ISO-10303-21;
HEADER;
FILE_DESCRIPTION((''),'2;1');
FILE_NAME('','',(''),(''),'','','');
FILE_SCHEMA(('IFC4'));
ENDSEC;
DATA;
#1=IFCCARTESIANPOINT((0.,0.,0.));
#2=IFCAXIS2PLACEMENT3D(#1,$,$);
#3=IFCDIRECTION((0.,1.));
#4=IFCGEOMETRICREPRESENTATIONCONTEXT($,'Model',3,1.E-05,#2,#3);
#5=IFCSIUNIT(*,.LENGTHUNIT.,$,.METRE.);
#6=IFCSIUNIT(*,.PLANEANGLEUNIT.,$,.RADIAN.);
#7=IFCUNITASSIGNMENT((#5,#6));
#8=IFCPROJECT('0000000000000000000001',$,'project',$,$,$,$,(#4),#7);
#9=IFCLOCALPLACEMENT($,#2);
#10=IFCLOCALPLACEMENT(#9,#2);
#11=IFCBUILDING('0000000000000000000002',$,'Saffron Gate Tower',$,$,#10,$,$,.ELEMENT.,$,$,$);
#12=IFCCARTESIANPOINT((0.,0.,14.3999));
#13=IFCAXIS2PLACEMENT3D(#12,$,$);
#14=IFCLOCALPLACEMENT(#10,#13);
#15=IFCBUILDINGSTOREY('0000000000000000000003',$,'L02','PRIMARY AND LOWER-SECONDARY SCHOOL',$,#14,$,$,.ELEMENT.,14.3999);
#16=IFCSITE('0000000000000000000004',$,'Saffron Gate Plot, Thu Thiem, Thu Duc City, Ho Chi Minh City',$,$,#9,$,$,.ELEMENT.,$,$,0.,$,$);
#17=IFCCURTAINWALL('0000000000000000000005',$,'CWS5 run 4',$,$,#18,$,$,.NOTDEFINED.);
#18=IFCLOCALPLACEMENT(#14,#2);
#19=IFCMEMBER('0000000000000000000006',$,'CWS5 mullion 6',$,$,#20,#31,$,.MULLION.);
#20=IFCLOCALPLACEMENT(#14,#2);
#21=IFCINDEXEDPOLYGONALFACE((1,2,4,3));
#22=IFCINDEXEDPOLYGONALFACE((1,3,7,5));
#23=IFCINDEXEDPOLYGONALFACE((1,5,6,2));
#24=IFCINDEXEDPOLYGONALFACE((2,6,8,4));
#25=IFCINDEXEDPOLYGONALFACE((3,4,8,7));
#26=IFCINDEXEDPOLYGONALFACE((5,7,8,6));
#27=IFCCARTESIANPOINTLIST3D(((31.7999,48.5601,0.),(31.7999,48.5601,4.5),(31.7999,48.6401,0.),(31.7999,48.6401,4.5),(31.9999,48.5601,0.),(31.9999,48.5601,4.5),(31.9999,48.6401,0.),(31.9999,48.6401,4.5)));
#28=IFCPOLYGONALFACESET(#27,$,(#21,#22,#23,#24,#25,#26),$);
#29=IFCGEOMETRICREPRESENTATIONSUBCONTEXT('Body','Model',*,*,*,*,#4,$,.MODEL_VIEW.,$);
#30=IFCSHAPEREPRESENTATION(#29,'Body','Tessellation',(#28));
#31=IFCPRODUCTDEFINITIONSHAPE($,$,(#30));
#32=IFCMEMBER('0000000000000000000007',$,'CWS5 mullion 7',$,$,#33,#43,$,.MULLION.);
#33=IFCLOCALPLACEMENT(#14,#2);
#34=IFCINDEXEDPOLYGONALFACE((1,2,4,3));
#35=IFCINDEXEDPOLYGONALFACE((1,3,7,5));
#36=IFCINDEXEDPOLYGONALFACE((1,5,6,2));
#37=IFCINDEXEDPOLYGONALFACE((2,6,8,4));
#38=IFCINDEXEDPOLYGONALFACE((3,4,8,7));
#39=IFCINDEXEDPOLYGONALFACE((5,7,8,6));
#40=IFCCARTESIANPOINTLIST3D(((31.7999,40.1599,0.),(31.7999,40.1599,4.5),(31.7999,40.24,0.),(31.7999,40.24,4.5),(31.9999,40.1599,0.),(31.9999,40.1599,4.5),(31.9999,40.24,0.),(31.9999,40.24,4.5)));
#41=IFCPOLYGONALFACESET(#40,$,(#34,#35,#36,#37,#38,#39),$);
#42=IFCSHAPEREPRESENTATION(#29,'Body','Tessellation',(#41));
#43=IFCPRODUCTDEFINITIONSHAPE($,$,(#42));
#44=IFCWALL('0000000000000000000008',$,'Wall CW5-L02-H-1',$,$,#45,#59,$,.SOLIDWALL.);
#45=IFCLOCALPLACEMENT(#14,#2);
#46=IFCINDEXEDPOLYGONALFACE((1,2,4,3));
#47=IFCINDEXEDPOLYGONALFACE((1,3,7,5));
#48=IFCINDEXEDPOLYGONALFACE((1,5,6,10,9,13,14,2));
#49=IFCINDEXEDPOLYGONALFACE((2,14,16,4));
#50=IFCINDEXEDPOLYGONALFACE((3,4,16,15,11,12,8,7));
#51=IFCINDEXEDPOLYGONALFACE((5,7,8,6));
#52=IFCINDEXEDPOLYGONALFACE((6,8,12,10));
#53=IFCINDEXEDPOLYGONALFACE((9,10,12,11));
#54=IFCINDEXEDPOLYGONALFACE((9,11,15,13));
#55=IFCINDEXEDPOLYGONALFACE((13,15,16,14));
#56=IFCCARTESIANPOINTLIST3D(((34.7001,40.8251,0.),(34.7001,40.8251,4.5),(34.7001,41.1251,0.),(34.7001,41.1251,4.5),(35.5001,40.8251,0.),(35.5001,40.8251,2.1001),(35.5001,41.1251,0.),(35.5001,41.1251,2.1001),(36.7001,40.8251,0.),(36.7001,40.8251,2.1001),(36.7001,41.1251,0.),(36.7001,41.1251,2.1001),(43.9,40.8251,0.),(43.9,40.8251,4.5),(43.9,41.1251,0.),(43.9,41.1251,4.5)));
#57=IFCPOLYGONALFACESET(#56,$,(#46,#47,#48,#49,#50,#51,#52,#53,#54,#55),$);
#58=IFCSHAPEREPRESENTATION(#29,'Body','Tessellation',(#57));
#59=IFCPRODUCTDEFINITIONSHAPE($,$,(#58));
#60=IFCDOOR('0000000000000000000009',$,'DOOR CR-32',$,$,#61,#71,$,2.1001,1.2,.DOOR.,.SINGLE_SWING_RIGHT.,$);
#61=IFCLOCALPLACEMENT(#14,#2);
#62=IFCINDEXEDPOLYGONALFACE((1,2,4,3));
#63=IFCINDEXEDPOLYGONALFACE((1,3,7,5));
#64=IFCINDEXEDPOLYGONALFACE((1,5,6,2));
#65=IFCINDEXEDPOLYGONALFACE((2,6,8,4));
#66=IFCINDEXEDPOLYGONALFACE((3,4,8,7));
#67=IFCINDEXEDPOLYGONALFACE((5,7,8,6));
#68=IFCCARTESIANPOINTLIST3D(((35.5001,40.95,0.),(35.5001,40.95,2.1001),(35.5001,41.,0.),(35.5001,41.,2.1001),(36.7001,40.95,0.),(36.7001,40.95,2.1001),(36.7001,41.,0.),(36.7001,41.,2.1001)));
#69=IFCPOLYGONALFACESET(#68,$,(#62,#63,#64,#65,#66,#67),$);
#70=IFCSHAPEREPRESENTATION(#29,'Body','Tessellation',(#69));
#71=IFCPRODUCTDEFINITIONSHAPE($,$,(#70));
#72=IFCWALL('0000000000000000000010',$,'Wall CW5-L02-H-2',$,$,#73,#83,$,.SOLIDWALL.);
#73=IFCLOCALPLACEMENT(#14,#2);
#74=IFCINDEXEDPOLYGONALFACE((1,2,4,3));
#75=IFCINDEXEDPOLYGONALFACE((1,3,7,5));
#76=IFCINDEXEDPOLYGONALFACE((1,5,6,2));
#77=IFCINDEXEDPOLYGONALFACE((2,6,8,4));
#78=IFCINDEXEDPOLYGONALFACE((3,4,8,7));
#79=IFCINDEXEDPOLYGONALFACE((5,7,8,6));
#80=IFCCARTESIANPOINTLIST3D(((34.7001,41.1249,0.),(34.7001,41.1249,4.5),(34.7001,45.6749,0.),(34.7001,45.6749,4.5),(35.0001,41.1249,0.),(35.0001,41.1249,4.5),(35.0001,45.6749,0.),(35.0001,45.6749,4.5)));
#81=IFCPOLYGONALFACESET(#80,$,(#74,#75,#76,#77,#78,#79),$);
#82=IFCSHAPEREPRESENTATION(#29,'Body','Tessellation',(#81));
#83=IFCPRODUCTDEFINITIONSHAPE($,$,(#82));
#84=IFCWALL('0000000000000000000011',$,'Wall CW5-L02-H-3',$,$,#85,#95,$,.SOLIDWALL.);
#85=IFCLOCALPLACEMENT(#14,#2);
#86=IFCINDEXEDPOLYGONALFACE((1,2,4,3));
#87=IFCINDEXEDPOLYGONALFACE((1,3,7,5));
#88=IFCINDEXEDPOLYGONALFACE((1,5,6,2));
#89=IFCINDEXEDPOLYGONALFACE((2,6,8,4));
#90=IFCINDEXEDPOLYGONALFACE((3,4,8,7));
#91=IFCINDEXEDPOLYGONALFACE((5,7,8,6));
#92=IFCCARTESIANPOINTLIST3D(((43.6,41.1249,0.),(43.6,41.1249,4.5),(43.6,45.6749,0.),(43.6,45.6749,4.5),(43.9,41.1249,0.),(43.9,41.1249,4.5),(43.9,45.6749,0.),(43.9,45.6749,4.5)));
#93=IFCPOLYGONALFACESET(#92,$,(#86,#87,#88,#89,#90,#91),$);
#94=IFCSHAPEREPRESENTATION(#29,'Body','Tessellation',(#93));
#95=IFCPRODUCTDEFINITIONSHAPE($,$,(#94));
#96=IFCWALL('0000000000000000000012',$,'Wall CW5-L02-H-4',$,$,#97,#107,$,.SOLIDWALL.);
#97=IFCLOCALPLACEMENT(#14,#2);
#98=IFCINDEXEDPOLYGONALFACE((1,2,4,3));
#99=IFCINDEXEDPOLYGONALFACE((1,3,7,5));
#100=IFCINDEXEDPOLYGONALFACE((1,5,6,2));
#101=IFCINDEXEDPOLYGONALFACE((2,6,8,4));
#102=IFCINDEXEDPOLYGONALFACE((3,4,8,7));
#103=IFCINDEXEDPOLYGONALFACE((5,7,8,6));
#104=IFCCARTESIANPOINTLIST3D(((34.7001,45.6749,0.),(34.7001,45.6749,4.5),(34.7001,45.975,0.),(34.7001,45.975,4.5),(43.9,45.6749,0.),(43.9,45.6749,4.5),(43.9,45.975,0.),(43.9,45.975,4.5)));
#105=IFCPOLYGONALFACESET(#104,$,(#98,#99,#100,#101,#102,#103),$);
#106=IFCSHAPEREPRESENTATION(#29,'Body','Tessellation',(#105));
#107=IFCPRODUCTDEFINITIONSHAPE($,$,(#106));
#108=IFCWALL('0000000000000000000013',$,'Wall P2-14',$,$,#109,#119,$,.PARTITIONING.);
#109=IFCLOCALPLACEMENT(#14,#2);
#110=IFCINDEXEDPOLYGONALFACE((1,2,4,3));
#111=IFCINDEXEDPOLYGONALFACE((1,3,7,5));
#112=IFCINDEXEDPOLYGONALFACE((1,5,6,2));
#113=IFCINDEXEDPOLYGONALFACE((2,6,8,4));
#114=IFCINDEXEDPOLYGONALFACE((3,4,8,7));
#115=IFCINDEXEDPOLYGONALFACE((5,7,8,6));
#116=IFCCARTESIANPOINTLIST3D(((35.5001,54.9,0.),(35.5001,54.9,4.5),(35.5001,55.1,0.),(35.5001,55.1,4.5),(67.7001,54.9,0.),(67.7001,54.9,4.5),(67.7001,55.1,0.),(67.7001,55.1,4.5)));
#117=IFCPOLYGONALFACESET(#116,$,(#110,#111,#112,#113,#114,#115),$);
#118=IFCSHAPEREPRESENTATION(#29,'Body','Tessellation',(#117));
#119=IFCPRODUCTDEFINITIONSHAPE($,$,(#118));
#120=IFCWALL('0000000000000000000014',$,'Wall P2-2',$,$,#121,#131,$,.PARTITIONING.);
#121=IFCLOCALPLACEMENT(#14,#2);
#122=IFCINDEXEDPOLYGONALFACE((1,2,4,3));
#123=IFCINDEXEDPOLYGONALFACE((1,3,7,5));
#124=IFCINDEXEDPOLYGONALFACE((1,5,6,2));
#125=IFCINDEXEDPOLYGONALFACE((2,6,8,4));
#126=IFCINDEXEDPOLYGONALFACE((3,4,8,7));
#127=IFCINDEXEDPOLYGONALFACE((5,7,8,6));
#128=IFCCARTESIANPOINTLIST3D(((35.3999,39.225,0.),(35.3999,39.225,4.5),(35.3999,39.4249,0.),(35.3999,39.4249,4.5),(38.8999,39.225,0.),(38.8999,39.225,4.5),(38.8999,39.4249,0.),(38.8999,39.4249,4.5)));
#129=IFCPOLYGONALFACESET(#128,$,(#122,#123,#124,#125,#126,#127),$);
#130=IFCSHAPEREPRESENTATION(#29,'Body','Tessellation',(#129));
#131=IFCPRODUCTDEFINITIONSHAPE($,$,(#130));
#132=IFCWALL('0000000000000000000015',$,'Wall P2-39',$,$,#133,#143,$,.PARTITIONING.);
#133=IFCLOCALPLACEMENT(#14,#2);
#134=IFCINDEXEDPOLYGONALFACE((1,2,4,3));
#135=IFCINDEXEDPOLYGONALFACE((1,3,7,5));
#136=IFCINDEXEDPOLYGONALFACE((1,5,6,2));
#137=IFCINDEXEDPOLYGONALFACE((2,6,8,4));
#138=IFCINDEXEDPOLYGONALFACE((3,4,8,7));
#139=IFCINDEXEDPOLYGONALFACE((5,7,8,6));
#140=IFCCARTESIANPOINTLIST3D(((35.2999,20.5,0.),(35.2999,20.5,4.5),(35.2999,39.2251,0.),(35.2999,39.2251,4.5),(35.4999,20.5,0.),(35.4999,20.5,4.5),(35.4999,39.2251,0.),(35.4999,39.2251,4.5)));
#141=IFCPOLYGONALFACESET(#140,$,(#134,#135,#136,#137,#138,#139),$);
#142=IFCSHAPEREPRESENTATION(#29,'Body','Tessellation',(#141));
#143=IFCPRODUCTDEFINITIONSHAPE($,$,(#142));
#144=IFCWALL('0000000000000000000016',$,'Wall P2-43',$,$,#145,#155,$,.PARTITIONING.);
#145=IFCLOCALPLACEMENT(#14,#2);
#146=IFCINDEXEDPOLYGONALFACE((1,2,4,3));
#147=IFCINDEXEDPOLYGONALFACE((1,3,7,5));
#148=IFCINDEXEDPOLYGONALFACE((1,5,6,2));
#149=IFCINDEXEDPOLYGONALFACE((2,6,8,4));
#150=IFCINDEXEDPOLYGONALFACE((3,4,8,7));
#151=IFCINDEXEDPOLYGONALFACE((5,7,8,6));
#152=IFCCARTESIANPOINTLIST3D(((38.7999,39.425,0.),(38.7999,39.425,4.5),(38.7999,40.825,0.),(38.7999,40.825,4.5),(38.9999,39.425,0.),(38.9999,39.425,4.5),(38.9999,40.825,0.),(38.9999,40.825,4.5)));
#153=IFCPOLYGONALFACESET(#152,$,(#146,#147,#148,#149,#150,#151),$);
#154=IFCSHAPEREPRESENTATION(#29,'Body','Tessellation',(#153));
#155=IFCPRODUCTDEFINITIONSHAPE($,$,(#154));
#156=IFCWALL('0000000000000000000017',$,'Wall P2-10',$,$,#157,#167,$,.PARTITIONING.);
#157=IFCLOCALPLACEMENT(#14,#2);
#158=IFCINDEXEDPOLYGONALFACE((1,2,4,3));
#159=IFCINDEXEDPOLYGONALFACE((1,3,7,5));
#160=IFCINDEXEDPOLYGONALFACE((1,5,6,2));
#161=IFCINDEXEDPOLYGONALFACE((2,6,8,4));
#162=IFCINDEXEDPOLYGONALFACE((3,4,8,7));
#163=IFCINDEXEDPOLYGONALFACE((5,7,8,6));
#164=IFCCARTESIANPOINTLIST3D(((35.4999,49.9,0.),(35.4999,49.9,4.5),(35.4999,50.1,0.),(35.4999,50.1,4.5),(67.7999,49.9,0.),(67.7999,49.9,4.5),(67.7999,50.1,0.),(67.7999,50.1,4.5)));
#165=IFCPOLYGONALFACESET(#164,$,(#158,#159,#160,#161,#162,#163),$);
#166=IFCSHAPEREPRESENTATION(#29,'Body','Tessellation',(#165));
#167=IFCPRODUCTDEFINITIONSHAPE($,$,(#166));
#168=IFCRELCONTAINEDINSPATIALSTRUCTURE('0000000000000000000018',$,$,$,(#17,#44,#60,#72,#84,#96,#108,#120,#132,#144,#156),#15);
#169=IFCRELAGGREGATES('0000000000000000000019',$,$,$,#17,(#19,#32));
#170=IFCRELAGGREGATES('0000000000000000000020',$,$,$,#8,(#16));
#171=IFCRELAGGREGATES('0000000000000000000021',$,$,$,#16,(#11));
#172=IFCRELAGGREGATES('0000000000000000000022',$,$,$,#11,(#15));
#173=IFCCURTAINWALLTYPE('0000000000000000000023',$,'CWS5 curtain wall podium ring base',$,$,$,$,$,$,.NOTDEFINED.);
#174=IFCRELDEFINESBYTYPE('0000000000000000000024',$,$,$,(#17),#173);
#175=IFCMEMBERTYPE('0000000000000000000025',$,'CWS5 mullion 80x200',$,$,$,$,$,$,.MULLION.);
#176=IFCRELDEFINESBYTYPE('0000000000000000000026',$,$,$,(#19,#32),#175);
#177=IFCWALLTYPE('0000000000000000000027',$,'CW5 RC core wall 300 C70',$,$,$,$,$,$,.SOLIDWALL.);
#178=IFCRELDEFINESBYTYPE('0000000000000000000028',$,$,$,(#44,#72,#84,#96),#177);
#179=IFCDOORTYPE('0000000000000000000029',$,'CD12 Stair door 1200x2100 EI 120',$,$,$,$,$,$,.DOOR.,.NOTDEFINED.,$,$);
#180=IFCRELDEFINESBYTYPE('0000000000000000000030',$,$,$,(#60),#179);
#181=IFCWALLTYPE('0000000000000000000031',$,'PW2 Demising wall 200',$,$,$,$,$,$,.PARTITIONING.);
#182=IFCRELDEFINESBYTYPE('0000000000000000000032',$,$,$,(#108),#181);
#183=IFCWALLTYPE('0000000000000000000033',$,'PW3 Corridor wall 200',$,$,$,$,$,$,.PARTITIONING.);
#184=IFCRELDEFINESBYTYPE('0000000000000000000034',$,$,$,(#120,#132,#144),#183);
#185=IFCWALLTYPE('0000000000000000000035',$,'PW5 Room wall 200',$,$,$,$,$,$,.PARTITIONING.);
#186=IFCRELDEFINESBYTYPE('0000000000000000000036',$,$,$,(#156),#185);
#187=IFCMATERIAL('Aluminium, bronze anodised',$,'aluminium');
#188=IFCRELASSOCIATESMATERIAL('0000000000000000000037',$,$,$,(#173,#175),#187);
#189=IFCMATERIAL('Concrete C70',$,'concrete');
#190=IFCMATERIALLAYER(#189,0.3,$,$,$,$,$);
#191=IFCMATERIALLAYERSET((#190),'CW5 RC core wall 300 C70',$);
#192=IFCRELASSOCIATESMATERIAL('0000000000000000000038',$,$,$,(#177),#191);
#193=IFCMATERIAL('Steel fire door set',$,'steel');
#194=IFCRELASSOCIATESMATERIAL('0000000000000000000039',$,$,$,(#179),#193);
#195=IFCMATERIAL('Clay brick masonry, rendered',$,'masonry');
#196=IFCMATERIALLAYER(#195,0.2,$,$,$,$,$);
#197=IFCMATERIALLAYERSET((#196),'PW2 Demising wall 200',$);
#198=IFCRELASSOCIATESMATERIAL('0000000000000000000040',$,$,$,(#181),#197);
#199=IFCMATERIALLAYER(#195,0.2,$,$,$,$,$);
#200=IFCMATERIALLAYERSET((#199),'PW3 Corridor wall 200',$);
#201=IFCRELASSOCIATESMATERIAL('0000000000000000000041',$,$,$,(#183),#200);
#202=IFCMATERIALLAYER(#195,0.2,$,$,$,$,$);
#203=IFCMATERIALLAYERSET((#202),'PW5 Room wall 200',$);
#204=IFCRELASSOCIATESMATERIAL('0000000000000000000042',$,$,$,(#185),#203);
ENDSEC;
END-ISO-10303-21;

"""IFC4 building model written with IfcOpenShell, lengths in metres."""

from ifc_helpers import new_model, si_unit, direction, frame, frame_2d, origin, origin_2d, place, context, subcontext, project, spatial, rectangle, extrude, material, layer, layer_set, material_profile, profile_set, type_object, element, fill, aggregate, save


model = new_model("IFC4")

# Units and contexts
model_context = context("Model", 3, precision=1e-05, world=origin(), true_north=direction((0.0, 1.0)))
body_context = subcontext(model_context, "Body", "Model", "MODEL_VIEW")
ifc_project = project(units=[si_unit("LENGTHUNIT", "METRE"), si_unit("PLANEANGLEUNIT", "RADIAN")], contexts=[model_context])

# Site, building, storey
site_placement = place(None, origin())
site = spatial("IfcSite", under=ifc_project, at=site_placement, Name="Saffron Gate Plot, Thu Thiem, Thu Duc City, Ho Chi Minh City", CompositionType="ELEMENT", RefElevation=0.0)
building_placement = place(site_placement, origin())
building = spatial("IfcBuilding", under=site, at=building_placement, Name="Saffron Gate Tower", CompositionType="ELEMENT")
storey_placement = place(building_placement, frame((0.0, 0.0, 14.3999)))
storey = spatial("IfcBuildingStorey", under=building, at=storey_placement, Name="L02", Description="PRIMARY AND LOWER-SECONDARY SCHOOL", CompositionType="ELEMENT", Elevation=14.3999)

# Curtain wall, members
ifc_material_1 = material(Name="Aluminium, bronze anodised", Category="aluminium")
curtain_wall_type = type_object("IfcCurtainWallType", Name="CWS5 curtain wall podium ring base", PredefinedType="NOTDEFINED", material=ifc_material_1)
curtain_wall_placement = place(storey_placement, origin())
curtain_wall = element("IfcCurtainWall", 1, at=curtain_wall_placement, inside=storey, type_object=curtain_wall_type, Name="CWS5 run 4", PredefinedType="NOTDEFINED")
ifc_material_profile_1 = material_profile(ifc_material_1, rectangle(XDim=0.2, YDim=0.0801, at=origin_2d()))
ifc_profile_set_1 = profile_set([ifc_material_profile_1], Name="Aluminium, bronze anodised")
member_type = type_object("IfcMemberType", Name="CWS5 mullion 80x200", PredefinedType="MULLION", material=ifc_profile_set_1)
member_1_placement = place(storey_placement, frame((31.8999, 48.6001, 0.0), z_axis=(0.0, 0.0, 1.0), x_axis=(1.0, 0.0, 0.0)))
member_1 = element("IfcMember", 2, at=member_1_placement, type_object=member_type, Name="CWS5 mullion 6", PredefinedType="MULLION", context=body_context, shape_type="SweptSolid", body=[
    extrude(rectangle(XDim=0.2, YDim=0.0801, at=origin_2d()), origin(), (0.0, 0.0, 1.0), 4.5),
])
member_2_placement = place(storey_placement, frame((31.8999, 40.2, 0.0), z_axis=(0.0, 0.0, 1.0), x_axis=(1.0, 0.0, 0.0)))
member_2 = element("IfcMember", 3, at=member_2_placement, type_object=member_type, Name="CWS5 mullion 7", PredefinedType="MULLION", context=body_context, shape_type="SweptSolid", body=[
    extrude(rectangle(XDim=0.2, YDim=0.0801, at=origin_2d()), origin(), (0.0, 0.0, 1.0), 4.5),
])
aggregate(curtain_wall, [member_1, member_2])

# Wall, opening, door
ifc_material_2 = material(Name="Concrete C70", Category="concrete")
ifc_layer_1 = layer(ifc_material_2, 0.3)
ifc_layer_set_1 = layer_set([ifc_layer_1], Name="CW5 RC core wall 300 C70")
wall_type_1 = type_object("IfcWallType", Name="CW5 RC core wall 300 C70", PredefinedType="SOLIDWALL", material=ifc_layer_set_1)
wall_1_placement = place(storey_placement, frame((34.7, 40.9751, 0.0), z_axis=(0.0, 0.0, 1.0), x_axis=(1.0, 0.0, 0.0)))
wall_1 = element("IfcWall", 4, at=wall_1_placement, inside=storey, type_object=wall_type_1, Name="Wall CW5-L02-H-1", PredefinedType="SOLIDWALL", context=body_context, shape_type="SweptSolid", body=[
    extrude(rectangle(XDim=9.2, YDim=0.3, at=frame_2d((4.6001, 0.0))), origin(), (0.0, 0.0, 1.0), 4.5),
])
opening_placement = place(wall_1_placement, frame((0.8, 0.0, 0.0)))
opening = element("IfcOpeningElement", 5, at=opening_placement, cuts=wall_1, PredefinedType="OPENING", context=body_context, shape_type="SweptSolid", body=[
    extrude(rectangle(XDim=1.2, YDim=2.1001, at=frame_2d((0.6001, 1.05))), frame((0.0, 0.1602, 0.0), z_axis=(0.0, -1.0, 0.0), x_axis=(1.0, 0.0, 0.0)), (0.0, 0.0, 1.0), 0.3201),
])
ifc_material_3 = material(Name="Steel fire door set", Category="steel")
door_type = type_object("IfcDoorType", Name="CD12 Stair door 1200x2100 EI 120", OperationType="NOTDEFINED", PredefinedType="DOOR", material=ifc_material_3)
door_placement = place(opening_placement, origin())
door = element("IfcDoor", 6, at=door_placement, inside=storey, type_object=door_type, Name="DOOR CR-32", OperationType="SINGLE_SWING_RIGHT", OverallHeight=2.1001, OverallWidth=1.2, PredefinedType="DOOR", context=body_context, shape_type="SweptSolid", body=[
    extrude(rectangle(XDim=1.2, YDim=2.1001, at=frame_2d((0.6001, 1.05))), frame((0.0, 0.0249, 0.0), z_axis=(0.0, -1.0, 0.0), x_axis=(1.0, 0.0, 0.0)), (0.0, 0.0, 1.0), 0.05),
])
fill(opening, door)

# Walls
for number, where, z_axis, x_axis, name in (
    (7, (34.8501, 41.125, 0.0), (0.0, 0.0, 1.0), (0.0, 1.0, 0.0), "Wall CW5-L02-H-2"),
    (8, (43.75, 41.125, 0.0), (0.0, 0.0, 1.0), (0.0, 1.0, 0.0), "Wall CW5-L02-H-3"),
):
    element("IfcWall", number, at=place(storey_placement, frame(where, z_axis=z_axis, x_axis=x_axis)), inside=storey, type_object=wall_type_1, Name=name, PredefinedType="SOLIDWALL", context=body_context, shape_type="SweptSolid", body=[
        extrude(rectangle(XDim=4.55, YDim=0.3, at=frame_2d((2.2749, 0.0))), origin(), (0.0, 0.0, 1.0), 4.5),
    ])
wall_2_placement = place(storey_placement, frame((34.7, 45.825, 0.0), z_axis=(0.0, 0.0, 1.0), x_axis=(1.0, 0.0, 0.0)))
element("IfcWall", 9, at=wall_2_placement, inside=storey, type_object=wall_type_1, Name="Wall CW5-L02-H-4", PredefinedType="SOLIDWALL", context=body_context, shape_type="SweptSolid", body=[
    extrude(rectangle(XDim=9.2, YDim=0.3, at=frame_2d((4.6001, 0.0))), origin(), (0.0, 0.0, 1.0), 4.5),
])
ifc_material_4 = material(Name="Clay brick masonry, rendered", Category="masonry")
ifc_layer_2 = layer(ifc_material_4, 0.2)
ifc_layer_set_2 = layer_set([ifc_layer_2], Name="PW2 Demising wall 200")
wall_type_2 = type_object("IfcWallType", Name="PW2 Demising wall 200", PredefinedType="PARTITIONING", material=ifc_layer_set_2)
wall_3_placement = place(storey_placement, frame((35.5, 55.0, 0.0), z_axis=(0.0, 0.0, 1.0), x_axis=(1.0, 0.0, 0.0)))
element("IfcWall", 10, at=wall_3_placement, inside=storey, type_object=wall_type_2, Name="Wall P2-14", PredefinedType="PARTITIONING", context=body_context, shape_type="SweptSolid", body=[
    extrude(rectangle(XDim=32.2, YDim=0.2, at=frame_2d((16.1001, 0.0))), origin(), (0.0, 0.0, 1.0), 4.5),
])
ifc_layer_3 = layer(ifc_material_4, 0.2)
ifc_layer_set_3 = layer_set([ifc_layer_3], Name="PW3 Corridor wall 200")
wall_type_3 = type_object("IfcWallType", Name="PW3 Corridor wall 200", PredefinedType="PARTITIONING", material=ifc_layer_set_3)
wall_4_placement = place(storey_placement, frame((35.3999, 39.325, 0.0), z_axis=(0.0, 0.0, 1.0), x_axis=(1.0, 0.0, 0.0)))
element("IfcWall", 11, at=wall_4_placement, inside=storey, type_object=wall_type_3, Name="Wall P2-2", PredefinedType="PARTITIONING", context=body_context, shape_type="SweptSolid", body=[
    extrude(rectangle(XDim=3.5, YDim=0.2, at=frame_2d((1.75, 0.0))), origin(), (0.0, 0.0, 1.0), 4.5),
])
wall_5_placement = place(storey_placement, frame((35.3999, 39.2251, 0.0), z_axis=(0.0, 0.0, 1.0), x_axis=(0.0, -1.0, 0.0)))
element("IfcWall", 12, at=wall_5_placement, inside=storey, type_object=wall_type_3, Name="Wall P2-39", PredefinedType="PARTITIONING", context=body_context, shape_type="SweptSolid", body=[
    extrude(rectangle(XDim=18.7251, YDim=0.2, at=frame_2d((9.3625, 0.0))), origin(), (0.0, 0.0, 1.0), 4.5),
])
wall_6_placement = place(storey_placement, frame((38.8999, 40.825, 0.0), z_axis=(0.0, 0.0, 1.0), x_axis=(0.0, -1.0, 0.0)))
element("IfcWall", 13, at=wall_6_placement, inside=storey, type_object=wall_type_3, Name="Wall P2-43", PredefinedType="PARTITIONING", context=body_context, shape_type="SweptSolid", body=[
    extrude(rectangle(XDim=1.3999, YDim=0.2, at=frame_2d((0.7, 0.0))), origin(), (0.0, 0.0, 1.0), 4.5),
])
ifc_layer_4 = layer(ifc_material_4, 0.2)
ifc_layer_set_4 = layer_set([ifc_layer_4], Name="PW5 Room wall 200")
wall_type_4 = type_object("IfcWallType", Name="PW5 Room wall 200", PredefinedType="PARTITIONING", material=ifc_layer_set_4)
wall_7_placement = place(storey_placement, frame((35.5, 50.0, 0.0), z_axis=(0.0, 0.0, 1.0), x_axis=(1.0, 0.0, 0.0)))
element("IfcWall", 14, at=wall_7_placement, inside=storey, type_object=wall_type_4, Name="Wall P2-10", PredefinedType="PARTITIONING", context=body_context, shape_type="SweptSolid", body=[
    extrude(rectangle(XDim=32.3, YDim=0.2, at=frame_2d((16.1499, 0.0))), origin(), (0.0, 0.0, 1.0), 4.5),
])

save(model, "model.ifc")
